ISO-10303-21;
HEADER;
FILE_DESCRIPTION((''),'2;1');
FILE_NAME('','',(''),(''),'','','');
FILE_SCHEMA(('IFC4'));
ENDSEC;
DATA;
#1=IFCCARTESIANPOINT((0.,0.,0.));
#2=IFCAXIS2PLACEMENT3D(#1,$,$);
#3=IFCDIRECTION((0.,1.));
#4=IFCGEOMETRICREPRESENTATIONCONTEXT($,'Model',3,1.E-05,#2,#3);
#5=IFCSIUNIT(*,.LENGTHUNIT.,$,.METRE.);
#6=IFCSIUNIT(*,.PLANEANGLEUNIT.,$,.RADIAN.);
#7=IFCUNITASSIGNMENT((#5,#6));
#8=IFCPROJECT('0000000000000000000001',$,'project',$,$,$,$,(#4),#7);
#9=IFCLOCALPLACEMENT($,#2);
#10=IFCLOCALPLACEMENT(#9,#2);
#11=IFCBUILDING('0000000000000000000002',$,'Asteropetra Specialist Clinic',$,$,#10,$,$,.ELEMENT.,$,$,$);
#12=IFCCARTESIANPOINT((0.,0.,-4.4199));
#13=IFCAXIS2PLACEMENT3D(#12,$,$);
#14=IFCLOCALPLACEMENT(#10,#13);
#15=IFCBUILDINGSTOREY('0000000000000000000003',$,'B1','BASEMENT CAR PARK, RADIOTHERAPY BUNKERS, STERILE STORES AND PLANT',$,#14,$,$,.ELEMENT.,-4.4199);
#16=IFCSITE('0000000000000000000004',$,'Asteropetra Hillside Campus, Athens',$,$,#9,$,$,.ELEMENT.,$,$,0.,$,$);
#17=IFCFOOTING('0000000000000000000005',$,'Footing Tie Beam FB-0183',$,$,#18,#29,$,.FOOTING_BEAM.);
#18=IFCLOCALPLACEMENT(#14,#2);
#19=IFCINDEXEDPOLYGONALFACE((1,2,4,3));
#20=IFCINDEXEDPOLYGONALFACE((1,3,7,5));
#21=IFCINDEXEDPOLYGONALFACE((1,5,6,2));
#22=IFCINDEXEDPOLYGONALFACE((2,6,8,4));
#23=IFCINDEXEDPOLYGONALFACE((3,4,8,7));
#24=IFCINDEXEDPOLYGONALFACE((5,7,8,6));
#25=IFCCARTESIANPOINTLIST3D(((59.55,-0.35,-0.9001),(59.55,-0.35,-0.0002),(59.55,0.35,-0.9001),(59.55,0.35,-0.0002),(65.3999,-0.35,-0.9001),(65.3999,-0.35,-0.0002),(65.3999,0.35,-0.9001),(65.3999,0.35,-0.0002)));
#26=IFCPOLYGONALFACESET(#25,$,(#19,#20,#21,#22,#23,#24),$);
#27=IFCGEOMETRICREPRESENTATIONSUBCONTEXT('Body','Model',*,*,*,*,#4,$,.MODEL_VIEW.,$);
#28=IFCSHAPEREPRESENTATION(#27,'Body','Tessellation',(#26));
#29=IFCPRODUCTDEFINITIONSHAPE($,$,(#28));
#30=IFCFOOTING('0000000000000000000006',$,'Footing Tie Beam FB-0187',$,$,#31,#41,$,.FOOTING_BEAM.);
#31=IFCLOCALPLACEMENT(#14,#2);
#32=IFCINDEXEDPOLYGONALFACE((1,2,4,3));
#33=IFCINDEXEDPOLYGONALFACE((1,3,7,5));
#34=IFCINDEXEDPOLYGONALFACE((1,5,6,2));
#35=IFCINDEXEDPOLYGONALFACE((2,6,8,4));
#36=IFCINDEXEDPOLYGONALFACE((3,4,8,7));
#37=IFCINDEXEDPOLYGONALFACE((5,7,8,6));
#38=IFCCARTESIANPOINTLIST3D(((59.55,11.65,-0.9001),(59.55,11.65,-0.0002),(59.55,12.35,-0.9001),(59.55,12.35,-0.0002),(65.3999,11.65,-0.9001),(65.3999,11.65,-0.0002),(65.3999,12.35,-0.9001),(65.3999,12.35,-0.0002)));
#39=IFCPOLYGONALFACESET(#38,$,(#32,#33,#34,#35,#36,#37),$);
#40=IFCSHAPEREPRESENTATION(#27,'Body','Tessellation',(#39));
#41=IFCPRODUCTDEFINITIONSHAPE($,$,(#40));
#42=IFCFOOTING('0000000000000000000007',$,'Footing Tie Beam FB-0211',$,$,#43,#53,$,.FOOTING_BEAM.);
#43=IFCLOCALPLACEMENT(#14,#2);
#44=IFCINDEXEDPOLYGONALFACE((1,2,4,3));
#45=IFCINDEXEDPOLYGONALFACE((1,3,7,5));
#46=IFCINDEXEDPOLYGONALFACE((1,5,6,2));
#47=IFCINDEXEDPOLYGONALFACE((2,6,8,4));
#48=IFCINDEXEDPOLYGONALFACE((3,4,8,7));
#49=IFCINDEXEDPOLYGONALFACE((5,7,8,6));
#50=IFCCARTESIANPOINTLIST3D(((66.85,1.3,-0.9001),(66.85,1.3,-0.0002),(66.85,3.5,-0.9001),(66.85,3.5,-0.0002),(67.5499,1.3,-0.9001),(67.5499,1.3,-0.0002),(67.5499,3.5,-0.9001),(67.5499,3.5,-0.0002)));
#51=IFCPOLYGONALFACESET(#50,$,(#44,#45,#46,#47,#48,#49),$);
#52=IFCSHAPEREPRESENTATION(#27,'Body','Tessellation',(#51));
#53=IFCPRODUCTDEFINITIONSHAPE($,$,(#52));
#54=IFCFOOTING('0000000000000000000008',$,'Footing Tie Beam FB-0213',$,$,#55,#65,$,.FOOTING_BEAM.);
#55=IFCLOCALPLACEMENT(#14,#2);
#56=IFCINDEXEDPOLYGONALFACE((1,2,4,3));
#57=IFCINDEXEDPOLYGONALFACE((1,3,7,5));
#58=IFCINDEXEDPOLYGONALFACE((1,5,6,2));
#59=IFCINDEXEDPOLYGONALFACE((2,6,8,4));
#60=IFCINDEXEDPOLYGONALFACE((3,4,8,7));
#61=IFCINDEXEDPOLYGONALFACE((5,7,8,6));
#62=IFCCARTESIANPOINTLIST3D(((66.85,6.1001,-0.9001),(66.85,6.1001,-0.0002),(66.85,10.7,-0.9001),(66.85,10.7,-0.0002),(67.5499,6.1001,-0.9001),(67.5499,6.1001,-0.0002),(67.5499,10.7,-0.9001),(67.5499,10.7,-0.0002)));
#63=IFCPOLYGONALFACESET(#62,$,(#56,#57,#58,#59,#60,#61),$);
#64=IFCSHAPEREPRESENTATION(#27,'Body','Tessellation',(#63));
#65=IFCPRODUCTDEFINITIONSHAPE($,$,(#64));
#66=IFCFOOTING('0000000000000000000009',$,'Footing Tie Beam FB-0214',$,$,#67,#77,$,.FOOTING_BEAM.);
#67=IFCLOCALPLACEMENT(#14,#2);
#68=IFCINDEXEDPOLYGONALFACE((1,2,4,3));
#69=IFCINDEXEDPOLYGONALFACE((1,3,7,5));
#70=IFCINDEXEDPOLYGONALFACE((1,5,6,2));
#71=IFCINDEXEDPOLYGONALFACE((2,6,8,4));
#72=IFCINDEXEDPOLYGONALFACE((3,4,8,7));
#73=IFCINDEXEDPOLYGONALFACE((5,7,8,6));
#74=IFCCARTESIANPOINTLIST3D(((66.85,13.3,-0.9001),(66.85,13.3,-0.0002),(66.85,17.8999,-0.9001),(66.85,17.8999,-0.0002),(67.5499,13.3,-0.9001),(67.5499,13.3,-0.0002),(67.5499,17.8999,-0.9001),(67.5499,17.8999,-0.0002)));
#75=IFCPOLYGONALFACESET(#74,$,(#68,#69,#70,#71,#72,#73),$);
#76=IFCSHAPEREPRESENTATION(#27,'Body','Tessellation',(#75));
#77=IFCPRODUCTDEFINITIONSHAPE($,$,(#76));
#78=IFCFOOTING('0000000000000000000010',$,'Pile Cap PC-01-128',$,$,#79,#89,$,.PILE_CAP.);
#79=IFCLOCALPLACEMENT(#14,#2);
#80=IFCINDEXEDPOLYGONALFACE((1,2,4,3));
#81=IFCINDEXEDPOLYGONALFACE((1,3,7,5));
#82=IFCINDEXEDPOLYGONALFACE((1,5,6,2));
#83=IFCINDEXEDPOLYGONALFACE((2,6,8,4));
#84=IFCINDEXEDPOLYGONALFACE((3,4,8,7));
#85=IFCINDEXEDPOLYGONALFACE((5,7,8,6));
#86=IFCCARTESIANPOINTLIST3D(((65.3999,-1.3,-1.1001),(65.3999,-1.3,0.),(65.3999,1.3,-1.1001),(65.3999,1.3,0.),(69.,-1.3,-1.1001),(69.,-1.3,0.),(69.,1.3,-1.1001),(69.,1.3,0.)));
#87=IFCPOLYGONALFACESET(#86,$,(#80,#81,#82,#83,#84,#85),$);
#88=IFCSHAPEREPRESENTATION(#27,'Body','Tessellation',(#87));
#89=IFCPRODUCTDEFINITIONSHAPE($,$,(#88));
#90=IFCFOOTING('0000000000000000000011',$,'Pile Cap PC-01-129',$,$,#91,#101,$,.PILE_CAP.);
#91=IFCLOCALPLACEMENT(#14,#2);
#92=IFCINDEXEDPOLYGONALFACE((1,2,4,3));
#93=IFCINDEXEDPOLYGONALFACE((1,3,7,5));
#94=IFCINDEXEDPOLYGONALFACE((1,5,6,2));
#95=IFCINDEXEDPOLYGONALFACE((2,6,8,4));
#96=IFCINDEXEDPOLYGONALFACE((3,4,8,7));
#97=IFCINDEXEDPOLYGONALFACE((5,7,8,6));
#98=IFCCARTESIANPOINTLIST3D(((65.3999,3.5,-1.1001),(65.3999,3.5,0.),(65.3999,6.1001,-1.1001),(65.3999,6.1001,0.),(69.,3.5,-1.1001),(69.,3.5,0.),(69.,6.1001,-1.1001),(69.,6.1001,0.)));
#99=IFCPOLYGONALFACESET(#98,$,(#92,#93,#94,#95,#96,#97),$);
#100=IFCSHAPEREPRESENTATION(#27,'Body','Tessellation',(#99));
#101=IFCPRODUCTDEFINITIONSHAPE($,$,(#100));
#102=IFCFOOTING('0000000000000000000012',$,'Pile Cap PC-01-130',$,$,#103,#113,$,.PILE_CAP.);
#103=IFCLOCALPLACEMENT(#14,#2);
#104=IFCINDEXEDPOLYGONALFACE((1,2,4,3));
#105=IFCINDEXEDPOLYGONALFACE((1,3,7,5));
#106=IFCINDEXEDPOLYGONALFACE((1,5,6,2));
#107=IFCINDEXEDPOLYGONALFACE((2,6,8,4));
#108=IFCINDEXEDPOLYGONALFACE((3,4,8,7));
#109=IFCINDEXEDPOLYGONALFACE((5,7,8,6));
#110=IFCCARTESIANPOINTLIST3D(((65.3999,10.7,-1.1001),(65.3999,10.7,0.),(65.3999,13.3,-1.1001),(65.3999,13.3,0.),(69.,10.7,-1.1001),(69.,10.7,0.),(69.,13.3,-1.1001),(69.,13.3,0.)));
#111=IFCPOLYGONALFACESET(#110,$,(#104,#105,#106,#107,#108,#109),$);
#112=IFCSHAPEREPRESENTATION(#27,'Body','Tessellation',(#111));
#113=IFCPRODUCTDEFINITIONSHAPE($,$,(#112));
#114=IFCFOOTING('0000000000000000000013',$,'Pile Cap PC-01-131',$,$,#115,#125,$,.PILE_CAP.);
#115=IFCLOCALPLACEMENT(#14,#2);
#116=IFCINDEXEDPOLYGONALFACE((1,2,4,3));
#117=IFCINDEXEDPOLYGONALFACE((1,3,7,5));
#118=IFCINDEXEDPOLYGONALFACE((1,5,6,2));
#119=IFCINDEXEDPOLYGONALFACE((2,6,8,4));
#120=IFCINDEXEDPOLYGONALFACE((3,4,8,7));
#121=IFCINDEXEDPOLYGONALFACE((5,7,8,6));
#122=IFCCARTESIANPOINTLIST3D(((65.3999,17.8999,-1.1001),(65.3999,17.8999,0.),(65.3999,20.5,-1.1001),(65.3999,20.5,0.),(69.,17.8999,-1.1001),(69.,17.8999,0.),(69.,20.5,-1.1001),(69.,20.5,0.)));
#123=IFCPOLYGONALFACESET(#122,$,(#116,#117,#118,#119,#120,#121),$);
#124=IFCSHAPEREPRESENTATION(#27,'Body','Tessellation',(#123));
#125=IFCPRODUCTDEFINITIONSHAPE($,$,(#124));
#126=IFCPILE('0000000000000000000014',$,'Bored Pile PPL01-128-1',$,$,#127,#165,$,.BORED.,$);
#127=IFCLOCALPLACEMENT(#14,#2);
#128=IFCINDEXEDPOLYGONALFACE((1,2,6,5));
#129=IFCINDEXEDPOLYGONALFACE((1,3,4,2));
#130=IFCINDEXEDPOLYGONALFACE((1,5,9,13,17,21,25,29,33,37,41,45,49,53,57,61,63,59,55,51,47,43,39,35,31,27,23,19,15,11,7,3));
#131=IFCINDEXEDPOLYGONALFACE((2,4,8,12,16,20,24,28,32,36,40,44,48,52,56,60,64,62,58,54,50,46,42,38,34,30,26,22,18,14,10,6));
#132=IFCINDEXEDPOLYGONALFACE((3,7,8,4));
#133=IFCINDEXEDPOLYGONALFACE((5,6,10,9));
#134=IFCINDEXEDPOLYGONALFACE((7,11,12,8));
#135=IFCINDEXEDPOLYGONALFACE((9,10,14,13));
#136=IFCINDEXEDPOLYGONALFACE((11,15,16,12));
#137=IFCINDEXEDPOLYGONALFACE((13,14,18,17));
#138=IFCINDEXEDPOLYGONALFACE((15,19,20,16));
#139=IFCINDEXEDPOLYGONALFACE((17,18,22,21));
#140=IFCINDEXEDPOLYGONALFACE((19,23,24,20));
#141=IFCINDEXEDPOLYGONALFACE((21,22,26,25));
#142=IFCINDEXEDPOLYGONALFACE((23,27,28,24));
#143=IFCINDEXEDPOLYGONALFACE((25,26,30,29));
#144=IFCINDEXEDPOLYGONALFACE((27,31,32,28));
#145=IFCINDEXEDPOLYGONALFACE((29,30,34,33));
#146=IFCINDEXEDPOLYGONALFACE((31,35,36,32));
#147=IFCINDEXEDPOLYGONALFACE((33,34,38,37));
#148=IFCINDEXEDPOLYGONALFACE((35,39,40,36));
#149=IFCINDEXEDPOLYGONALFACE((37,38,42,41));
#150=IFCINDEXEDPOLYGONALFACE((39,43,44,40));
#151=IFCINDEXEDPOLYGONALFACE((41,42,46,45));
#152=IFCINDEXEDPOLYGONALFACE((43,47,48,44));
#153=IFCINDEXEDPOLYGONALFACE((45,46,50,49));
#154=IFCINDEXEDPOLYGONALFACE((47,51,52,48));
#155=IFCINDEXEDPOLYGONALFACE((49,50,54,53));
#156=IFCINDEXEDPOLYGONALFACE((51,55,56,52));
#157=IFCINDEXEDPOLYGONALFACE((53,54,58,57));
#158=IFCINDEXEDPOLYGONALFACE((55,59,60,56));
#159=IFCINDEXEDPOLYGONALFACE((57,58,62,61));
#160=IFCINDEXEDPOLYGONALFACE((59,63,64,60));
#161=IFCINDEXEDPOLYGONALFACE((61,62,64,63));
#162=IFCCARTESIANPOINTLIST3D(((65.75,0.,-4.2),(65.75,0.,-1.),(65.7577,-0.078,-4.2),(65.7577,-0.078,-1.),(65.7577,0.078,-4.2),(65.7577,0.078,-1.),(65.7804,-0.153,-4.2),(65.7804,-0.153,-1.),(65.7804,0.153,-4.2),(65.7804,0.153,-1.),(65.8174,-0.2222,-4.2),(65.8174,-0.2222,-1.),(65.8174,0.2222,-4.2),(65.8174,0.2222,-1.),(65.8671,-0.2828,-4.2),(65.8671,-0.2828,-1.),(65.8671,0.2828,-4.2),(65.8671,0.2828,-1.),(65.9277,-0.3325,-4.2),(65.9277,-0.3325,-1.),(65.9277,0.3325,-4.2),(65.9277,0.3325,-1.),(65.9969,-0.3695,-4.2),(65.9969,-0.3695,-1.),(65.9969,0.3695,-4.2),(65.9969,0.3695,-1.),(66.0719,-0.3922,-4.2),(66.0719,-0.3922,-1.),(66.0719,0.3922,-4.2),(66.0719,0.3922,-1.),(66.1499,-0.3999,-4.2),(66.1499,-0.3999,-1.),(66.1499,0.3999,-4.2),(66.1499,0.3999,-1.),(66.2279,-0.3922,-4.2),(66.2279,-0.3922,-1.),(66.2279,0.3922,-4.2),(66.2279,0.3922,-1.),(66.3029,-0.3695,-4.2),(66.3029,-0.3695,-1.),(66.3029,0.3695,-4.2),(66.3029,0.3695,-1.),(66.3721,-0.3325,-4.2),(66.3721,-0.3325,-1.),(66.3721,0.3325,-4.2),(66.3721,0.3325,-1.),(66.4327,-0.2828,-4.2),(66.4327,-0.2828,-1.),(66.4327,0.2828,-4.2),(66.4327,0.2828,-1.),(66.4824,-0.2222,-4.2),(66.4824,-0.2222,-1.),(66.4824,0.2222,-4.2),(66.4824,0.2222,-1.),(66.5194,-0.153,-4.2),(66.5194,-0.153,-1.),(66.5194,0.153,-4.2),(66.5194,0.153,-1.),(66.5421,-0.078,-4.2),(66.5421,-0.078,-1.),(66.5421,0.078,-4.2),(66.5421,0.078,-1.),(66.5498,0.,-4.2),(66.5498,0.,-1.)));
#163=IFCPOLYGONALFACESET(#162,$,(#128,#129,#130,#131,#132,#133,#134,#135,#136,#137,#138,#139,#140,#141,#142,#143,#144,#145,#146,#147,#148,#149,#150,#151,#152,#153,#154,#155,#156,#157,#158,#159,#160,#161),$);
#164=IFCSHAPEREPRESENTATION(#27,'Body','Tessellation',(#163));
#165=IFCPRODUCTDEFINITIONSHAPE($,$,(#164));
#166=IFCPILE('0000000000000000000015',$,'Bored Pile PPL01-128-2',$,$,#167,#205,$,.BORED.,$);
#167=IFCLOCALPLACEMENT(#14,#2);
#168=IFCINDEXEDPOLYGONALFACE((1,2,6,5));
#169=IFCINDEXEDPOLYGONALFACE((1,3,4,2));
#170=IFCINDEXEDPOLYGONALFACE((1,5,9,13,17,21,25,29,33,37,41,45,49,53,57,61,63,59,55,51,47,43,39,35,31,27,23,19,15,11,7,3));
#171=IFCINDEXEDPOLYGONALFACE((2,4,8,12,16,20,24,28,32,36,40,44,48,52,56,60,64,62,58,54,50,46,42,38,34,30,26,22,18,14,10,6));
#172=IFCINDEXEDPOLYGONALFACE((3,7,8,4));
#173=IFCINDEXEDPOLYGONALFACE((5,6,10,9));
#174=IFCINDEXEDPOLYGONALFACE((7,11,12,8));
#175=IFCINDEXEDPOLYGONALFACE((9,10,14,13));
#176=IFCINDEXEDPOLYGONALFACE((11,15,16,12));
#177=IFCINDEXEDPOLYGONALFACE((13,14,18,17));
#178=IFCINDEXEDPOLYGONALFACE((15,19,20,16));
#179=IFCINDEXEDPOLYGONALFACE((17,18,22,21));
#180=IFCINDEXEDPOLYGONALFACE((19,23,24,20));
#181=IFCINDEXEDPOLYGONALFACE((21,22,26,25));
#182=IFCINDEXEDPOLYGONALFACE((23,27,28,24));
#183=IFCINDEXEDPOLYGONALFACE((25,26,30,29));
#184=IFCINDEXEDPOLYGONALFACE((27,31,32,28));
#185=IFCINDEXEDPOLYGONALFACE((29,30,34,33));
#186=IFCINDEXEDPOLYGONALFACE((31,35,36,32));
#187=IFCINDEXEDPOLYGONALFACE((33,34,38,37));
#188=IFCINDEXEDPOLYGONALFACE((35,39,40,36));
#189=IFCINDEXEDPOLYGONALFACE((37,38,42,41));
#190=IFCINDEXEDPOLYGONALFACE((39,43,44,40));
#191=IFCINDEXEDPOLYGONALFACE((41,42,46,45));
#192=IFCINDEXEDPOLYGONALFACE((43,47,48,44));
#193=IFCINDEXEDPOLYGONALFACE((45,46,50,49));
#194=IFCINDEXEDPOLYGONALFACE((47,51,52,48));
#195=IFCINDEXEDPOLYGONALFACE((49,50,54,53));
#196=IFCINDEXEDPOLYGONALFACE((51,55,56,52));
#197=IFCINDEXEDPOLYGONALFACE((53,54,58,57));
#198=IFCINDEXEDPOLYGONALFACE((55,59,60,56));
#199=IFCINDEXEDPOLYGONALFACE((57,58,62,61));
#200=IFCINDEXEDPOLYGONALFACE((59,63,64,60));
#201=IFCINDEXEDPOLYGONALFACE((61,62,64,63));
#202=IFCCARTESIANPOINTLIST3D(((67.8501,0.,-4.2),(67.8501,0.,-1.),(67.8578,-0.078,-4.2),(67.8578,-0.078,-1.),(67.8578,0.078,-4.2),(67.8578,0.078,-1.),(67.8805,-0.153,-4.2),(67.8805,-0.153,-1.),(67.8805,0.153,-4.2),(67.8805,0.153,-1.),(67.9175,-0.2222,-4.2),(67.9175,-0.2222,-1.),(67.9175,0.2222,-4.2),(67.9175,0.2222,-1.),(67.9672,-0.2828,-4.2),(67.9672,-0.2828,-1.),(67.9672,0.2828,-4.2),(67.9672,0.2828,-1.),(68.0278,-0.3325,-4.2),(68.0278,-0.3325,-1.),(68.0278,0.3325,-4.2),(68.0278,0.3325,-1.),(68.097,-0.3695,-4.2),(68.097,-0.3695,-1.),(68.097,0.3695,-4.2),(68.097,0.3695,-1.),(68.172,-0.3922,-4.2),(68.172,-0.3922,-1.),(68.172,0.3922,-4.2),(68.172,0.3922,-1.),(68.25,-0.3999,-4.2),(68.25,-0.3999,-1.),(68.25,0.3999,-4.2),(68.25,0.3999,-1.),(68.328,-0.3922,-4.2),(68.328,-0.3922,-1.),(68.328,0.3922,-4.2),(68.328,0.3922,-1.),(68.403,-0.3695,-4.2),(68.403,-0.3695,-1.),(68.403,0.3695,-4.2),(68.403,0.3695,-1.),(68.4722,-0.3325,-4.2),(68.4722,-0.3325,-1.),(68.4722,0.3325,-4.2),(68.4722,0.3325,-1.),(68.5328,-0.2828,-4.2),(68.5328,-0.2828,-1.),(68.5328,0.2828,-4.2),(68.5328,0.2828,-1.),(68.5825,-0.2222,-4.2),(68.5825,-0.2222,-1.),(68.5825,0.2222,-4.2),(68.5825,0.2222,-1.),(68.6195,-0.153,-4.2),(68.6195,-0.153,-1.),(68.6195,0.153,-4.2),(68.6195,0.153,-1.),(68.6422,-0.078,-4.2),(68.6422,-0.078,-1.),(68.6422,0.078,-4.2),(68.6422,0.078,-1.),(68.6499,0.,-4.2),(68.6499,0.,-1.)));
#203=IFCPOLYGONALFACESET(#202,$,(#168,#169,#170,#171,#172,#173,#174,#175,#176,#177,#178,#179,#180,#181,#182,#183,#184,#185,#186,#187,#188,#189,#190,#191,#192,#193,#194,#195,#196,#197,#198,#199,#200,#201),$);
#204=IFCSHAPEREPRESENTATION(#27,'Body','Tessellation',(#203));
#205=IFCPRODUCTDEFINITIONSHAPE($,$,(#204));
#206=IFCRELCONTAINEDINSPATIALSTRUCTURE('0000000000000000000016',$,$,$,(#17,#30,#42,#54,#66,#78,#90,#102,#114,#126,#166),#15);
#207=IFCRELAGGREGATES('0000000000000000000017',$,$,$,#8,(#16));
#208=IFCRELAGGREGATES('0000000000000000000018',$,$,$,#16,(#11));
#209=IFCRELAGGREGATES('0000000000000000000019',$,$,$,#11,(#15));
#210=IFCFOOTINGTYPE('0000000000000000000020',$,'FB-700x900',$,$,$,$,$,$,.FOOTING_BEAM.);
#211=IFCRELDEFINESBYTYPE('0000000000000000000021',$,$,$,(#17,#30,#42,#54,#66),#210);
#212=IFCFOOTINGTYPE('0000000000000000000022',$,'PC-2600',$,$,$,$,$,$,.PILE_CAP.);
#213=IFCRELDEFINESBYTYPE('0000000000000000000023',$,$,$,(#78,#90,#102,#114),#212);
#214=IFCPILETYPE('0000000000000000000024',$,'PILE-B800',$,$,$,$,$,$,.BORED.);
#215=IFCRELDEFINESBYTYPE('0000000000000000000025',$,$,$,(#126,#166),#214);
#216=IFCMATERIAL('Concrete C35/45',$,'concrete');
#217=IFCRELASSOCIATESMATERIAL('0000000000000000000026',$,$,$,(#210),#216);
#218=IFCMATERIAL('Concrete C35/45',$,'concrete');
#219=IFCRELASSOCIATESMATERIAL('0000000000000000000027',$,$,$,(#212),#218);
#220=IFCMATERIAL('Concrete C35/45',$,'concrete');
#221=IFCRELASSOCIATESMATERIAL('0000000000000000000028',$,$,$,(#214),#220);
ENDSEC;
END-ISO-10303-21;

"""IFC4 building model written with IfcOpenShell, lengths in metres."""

from ifc_helpers import new_model, si_unit, direction, frame, origin, origin_2d, place, context, subcontext, project, spatial, rectangle, circle, extrude, material, material_profile, profile_set, type_object, element, save


model = new_model("IFC4")

# Units and contexts
model_context = context("Model", 3, precision=1e-05, world=origin(), true_north=direction((0.0, 1.0)))
body_context = subcontext(model_context, "Body", "Model", "MODEL_VIEW")
ifc_project = project(units=[si_unit("LENGTHUNIT", "METRE"), si_unit("PLANEANGLEUNIT", "RADIAN")], contexts=[model_context])

# Site, building, storey
site_placement = place(None, origin())
site = spatial("IfcSite", under=ifc_project, at=site_placement, Name="Asteropetra Hillside Campus, Athens", CompositionType="ELEMENT", RefElevation=0.0)
building_placement = place(site_placement, origin())
building = spatial("IfcBuilding", under=site, at=building_placement, Name="Asteropetra Specialist Clinic", CompositionType="ELEMENT")
storey_placement = place(building_placement, frame((0.0, 0.0, -4.4199)))
storey = spatial("IfcBuildingStorey", under=building, at=storey_placement, Name="B1", Description="BASEMENT CAR PARK, RADIOTHERAPY BUNKERS, STERILE STORES AND PLANT", CompositionType="ELEMENT", Elevation=-4.4199)

# Footings
ifc_material_1 = material(Name="Concrete C35/45", Category="concrete")
ifc_material_profile_1 = material_profile(ifc_material_1, rectangle(XDim=0.7, YDim=0.8999, at=origin_2d()), Name="FB 700x900")
ifc_profile_set_1 = profile_set([ifc_material_profile_1], Name="Concrete C35/45")
footing_type_1 = type_object("IfcFootingType", Name="FB-700x900", PredefinedType="FOOTING_BEAM", material=ifc_profile_set_1)
for number, where, z_axis, x_axis, name in (
    (1, (59.55, 0.0, -0.4502), (1.0, 0.0, 0.0), (0.0, 1.0, 0.0), "Footing Tie Beam FB-0183"),
    (2, (59.55, 12.0, -0.4502), (1.0, 0.0, 0.0), (0.0, 1.0, 0.0), "Footing Tie Beam FB-0187"),
):
    element("IfcFooting", number, at=place(storey_placement, frame(where, z_axis=z_axis, x_axis=x_axis)), inside=storey, type_object=footing_type_1, Name=name, PredefinedType="FOOTING_BEAM", context=body_context, shape_type="SweptSolid", body=[
        extrude(rectangle(XDim=0.7, YDim=0.8999, at=origin_2d()), origin(), (0.0, 0.0, 1.0), 5.8499),
    ])
footing_placement = place(storey_placement, frame((67.2, 1.3, -0.4502), z_axis=(0.0, 1.0, 0.0), x_axis=(-1.0, 0.0, 0.0)))
element("IfcFooting", 3, at=footing_placement, inside=storey, type_object=footing_type_1, Name="Footing Tie Beam FB-0211", PredefinedType="FOOTING_BEAM", context=body_context, shape_type="SweptSolid", body=[
    extrude(rectangle(XDim=0.7, YDim=0.8999, at=origin_2d()), origin(), (0.0, 0.0, 1.0), 2.2),
])
for number, where, z_axis, x_axis, name in (
    (4, (67.2, 6.1001, -0.4502), (0.0, 1.0, 0.0), (-1.0, 0.0, 0.0), "Footing Tie Beam FB-0213"),
    (5, (67.2, 13.3, -0.4502), (0.0, 1.0, 0.0), (-1.0, 0.0, 0.0), "Footing Tie Beam FB-0214"),
):
    element("IfcFooting", number, at=place(storey_placement, frame(where, z_axis=z_axis, x_axis=x_axis)), inside=storey, type_object=footing_type_1, Name=name, PredefinedType="FOOTING_BEAM", context=body_context, shape_type="SweptSolid", body=[
        extrude(rectangle(XDim=0.7, YDim=0.8999, at=origin_2d()), origin(), (0.0, 0.0, 1.0), 4.5999),
    ])
ifc_material_2 = material(Name="Concrete C35/45", Category="concrete")
footing_type_2 = type_object("IfcFootingType", Name="PC-2600", PredefinedType="PILE_CAP", material=ifc_material_2)
for number, where, z_axis, x_axis, name in (
    (6, (67.2, 0.0, -1.1001), (0.0, 0.0, 1.0), (1.0, 0.0, 0.0), "Pile Cap PC-01-128"),
    (7, (67.2, 4.8, -1.1001), (0.0, 0.0, 1.0), (1.0, 0.0, 0.0), "Pile Cap PC-01-129"),
    (8, (67.2, 12.0, -1.1001), (0.0, 0.0, 1.0), (1.0, 0.0, 0.0), "Pile Cap PC-01-130"),
    (9, (67.2, 19.2, -1.1001), (0.0, 0.0, 1.0), (1.0, 0.0, 0.0), "Pile Cap PC-01-131"),
):
    element("IfcFooting", number, at=place(storey_placement, frame(where, z_axis=z_axis, x_axis=x_axis)), inside=storey, type_object=footing_type_2, Name=name, PredefinedType="PILE_CAP", context=body_context, shape_type="SweptSolid", body=[
        extrude(rectangle(XDim=3.6001, YDim=2.6001, at=origin_2d()), origin(), (0.0, 0.0, 1.0), 1.1001),
    ])

# Piles
ifc_material_3 = material(Name="Concrete C35/45", Category="concrete")
ifc_material_profile_2 = material_profile(ifc_material_3, circle(Radius=0.3999, at=origin_2d()), Name="PILE D800")
ifc_profile_set_2 = profile_set([ifc_material_profile_2], Name="Concrete C35/45")
pile_type = type_object("IfcPileType", Name="PILE-B800", PredefinedType="BORED", material=ifc_profile_set_2)
for number, where, z_axis, x_axis, name in (
    (10, (66.1499, 0.0, -1.0), (0.0, 0.0, -1.0), (1.0, 0.0, 0.0), "Bored Pile PPL01-128-1"),
    (11, (68.25, 0.0, -1.0), (0.0, 0.0, -1.0), (1.0, 0.0, 0.0), "Bored Pile PPL01-128-2"),
):
    element("IfcPile", number, at=place(storey_placement, frame(where, z_axis=z_axis, x_axis=x_axis)), inside=storey, type_object=pile_type, Name=name, PredefinedType="BORED", context=body_context, shape_type="SweptSolid", body=[
        extrude(circle(Radius=0.3999, at=origin_2d()), origin(), (0.0, 0.0, 1.0), 3.2),
    ])

save(model, "model.ifc")
